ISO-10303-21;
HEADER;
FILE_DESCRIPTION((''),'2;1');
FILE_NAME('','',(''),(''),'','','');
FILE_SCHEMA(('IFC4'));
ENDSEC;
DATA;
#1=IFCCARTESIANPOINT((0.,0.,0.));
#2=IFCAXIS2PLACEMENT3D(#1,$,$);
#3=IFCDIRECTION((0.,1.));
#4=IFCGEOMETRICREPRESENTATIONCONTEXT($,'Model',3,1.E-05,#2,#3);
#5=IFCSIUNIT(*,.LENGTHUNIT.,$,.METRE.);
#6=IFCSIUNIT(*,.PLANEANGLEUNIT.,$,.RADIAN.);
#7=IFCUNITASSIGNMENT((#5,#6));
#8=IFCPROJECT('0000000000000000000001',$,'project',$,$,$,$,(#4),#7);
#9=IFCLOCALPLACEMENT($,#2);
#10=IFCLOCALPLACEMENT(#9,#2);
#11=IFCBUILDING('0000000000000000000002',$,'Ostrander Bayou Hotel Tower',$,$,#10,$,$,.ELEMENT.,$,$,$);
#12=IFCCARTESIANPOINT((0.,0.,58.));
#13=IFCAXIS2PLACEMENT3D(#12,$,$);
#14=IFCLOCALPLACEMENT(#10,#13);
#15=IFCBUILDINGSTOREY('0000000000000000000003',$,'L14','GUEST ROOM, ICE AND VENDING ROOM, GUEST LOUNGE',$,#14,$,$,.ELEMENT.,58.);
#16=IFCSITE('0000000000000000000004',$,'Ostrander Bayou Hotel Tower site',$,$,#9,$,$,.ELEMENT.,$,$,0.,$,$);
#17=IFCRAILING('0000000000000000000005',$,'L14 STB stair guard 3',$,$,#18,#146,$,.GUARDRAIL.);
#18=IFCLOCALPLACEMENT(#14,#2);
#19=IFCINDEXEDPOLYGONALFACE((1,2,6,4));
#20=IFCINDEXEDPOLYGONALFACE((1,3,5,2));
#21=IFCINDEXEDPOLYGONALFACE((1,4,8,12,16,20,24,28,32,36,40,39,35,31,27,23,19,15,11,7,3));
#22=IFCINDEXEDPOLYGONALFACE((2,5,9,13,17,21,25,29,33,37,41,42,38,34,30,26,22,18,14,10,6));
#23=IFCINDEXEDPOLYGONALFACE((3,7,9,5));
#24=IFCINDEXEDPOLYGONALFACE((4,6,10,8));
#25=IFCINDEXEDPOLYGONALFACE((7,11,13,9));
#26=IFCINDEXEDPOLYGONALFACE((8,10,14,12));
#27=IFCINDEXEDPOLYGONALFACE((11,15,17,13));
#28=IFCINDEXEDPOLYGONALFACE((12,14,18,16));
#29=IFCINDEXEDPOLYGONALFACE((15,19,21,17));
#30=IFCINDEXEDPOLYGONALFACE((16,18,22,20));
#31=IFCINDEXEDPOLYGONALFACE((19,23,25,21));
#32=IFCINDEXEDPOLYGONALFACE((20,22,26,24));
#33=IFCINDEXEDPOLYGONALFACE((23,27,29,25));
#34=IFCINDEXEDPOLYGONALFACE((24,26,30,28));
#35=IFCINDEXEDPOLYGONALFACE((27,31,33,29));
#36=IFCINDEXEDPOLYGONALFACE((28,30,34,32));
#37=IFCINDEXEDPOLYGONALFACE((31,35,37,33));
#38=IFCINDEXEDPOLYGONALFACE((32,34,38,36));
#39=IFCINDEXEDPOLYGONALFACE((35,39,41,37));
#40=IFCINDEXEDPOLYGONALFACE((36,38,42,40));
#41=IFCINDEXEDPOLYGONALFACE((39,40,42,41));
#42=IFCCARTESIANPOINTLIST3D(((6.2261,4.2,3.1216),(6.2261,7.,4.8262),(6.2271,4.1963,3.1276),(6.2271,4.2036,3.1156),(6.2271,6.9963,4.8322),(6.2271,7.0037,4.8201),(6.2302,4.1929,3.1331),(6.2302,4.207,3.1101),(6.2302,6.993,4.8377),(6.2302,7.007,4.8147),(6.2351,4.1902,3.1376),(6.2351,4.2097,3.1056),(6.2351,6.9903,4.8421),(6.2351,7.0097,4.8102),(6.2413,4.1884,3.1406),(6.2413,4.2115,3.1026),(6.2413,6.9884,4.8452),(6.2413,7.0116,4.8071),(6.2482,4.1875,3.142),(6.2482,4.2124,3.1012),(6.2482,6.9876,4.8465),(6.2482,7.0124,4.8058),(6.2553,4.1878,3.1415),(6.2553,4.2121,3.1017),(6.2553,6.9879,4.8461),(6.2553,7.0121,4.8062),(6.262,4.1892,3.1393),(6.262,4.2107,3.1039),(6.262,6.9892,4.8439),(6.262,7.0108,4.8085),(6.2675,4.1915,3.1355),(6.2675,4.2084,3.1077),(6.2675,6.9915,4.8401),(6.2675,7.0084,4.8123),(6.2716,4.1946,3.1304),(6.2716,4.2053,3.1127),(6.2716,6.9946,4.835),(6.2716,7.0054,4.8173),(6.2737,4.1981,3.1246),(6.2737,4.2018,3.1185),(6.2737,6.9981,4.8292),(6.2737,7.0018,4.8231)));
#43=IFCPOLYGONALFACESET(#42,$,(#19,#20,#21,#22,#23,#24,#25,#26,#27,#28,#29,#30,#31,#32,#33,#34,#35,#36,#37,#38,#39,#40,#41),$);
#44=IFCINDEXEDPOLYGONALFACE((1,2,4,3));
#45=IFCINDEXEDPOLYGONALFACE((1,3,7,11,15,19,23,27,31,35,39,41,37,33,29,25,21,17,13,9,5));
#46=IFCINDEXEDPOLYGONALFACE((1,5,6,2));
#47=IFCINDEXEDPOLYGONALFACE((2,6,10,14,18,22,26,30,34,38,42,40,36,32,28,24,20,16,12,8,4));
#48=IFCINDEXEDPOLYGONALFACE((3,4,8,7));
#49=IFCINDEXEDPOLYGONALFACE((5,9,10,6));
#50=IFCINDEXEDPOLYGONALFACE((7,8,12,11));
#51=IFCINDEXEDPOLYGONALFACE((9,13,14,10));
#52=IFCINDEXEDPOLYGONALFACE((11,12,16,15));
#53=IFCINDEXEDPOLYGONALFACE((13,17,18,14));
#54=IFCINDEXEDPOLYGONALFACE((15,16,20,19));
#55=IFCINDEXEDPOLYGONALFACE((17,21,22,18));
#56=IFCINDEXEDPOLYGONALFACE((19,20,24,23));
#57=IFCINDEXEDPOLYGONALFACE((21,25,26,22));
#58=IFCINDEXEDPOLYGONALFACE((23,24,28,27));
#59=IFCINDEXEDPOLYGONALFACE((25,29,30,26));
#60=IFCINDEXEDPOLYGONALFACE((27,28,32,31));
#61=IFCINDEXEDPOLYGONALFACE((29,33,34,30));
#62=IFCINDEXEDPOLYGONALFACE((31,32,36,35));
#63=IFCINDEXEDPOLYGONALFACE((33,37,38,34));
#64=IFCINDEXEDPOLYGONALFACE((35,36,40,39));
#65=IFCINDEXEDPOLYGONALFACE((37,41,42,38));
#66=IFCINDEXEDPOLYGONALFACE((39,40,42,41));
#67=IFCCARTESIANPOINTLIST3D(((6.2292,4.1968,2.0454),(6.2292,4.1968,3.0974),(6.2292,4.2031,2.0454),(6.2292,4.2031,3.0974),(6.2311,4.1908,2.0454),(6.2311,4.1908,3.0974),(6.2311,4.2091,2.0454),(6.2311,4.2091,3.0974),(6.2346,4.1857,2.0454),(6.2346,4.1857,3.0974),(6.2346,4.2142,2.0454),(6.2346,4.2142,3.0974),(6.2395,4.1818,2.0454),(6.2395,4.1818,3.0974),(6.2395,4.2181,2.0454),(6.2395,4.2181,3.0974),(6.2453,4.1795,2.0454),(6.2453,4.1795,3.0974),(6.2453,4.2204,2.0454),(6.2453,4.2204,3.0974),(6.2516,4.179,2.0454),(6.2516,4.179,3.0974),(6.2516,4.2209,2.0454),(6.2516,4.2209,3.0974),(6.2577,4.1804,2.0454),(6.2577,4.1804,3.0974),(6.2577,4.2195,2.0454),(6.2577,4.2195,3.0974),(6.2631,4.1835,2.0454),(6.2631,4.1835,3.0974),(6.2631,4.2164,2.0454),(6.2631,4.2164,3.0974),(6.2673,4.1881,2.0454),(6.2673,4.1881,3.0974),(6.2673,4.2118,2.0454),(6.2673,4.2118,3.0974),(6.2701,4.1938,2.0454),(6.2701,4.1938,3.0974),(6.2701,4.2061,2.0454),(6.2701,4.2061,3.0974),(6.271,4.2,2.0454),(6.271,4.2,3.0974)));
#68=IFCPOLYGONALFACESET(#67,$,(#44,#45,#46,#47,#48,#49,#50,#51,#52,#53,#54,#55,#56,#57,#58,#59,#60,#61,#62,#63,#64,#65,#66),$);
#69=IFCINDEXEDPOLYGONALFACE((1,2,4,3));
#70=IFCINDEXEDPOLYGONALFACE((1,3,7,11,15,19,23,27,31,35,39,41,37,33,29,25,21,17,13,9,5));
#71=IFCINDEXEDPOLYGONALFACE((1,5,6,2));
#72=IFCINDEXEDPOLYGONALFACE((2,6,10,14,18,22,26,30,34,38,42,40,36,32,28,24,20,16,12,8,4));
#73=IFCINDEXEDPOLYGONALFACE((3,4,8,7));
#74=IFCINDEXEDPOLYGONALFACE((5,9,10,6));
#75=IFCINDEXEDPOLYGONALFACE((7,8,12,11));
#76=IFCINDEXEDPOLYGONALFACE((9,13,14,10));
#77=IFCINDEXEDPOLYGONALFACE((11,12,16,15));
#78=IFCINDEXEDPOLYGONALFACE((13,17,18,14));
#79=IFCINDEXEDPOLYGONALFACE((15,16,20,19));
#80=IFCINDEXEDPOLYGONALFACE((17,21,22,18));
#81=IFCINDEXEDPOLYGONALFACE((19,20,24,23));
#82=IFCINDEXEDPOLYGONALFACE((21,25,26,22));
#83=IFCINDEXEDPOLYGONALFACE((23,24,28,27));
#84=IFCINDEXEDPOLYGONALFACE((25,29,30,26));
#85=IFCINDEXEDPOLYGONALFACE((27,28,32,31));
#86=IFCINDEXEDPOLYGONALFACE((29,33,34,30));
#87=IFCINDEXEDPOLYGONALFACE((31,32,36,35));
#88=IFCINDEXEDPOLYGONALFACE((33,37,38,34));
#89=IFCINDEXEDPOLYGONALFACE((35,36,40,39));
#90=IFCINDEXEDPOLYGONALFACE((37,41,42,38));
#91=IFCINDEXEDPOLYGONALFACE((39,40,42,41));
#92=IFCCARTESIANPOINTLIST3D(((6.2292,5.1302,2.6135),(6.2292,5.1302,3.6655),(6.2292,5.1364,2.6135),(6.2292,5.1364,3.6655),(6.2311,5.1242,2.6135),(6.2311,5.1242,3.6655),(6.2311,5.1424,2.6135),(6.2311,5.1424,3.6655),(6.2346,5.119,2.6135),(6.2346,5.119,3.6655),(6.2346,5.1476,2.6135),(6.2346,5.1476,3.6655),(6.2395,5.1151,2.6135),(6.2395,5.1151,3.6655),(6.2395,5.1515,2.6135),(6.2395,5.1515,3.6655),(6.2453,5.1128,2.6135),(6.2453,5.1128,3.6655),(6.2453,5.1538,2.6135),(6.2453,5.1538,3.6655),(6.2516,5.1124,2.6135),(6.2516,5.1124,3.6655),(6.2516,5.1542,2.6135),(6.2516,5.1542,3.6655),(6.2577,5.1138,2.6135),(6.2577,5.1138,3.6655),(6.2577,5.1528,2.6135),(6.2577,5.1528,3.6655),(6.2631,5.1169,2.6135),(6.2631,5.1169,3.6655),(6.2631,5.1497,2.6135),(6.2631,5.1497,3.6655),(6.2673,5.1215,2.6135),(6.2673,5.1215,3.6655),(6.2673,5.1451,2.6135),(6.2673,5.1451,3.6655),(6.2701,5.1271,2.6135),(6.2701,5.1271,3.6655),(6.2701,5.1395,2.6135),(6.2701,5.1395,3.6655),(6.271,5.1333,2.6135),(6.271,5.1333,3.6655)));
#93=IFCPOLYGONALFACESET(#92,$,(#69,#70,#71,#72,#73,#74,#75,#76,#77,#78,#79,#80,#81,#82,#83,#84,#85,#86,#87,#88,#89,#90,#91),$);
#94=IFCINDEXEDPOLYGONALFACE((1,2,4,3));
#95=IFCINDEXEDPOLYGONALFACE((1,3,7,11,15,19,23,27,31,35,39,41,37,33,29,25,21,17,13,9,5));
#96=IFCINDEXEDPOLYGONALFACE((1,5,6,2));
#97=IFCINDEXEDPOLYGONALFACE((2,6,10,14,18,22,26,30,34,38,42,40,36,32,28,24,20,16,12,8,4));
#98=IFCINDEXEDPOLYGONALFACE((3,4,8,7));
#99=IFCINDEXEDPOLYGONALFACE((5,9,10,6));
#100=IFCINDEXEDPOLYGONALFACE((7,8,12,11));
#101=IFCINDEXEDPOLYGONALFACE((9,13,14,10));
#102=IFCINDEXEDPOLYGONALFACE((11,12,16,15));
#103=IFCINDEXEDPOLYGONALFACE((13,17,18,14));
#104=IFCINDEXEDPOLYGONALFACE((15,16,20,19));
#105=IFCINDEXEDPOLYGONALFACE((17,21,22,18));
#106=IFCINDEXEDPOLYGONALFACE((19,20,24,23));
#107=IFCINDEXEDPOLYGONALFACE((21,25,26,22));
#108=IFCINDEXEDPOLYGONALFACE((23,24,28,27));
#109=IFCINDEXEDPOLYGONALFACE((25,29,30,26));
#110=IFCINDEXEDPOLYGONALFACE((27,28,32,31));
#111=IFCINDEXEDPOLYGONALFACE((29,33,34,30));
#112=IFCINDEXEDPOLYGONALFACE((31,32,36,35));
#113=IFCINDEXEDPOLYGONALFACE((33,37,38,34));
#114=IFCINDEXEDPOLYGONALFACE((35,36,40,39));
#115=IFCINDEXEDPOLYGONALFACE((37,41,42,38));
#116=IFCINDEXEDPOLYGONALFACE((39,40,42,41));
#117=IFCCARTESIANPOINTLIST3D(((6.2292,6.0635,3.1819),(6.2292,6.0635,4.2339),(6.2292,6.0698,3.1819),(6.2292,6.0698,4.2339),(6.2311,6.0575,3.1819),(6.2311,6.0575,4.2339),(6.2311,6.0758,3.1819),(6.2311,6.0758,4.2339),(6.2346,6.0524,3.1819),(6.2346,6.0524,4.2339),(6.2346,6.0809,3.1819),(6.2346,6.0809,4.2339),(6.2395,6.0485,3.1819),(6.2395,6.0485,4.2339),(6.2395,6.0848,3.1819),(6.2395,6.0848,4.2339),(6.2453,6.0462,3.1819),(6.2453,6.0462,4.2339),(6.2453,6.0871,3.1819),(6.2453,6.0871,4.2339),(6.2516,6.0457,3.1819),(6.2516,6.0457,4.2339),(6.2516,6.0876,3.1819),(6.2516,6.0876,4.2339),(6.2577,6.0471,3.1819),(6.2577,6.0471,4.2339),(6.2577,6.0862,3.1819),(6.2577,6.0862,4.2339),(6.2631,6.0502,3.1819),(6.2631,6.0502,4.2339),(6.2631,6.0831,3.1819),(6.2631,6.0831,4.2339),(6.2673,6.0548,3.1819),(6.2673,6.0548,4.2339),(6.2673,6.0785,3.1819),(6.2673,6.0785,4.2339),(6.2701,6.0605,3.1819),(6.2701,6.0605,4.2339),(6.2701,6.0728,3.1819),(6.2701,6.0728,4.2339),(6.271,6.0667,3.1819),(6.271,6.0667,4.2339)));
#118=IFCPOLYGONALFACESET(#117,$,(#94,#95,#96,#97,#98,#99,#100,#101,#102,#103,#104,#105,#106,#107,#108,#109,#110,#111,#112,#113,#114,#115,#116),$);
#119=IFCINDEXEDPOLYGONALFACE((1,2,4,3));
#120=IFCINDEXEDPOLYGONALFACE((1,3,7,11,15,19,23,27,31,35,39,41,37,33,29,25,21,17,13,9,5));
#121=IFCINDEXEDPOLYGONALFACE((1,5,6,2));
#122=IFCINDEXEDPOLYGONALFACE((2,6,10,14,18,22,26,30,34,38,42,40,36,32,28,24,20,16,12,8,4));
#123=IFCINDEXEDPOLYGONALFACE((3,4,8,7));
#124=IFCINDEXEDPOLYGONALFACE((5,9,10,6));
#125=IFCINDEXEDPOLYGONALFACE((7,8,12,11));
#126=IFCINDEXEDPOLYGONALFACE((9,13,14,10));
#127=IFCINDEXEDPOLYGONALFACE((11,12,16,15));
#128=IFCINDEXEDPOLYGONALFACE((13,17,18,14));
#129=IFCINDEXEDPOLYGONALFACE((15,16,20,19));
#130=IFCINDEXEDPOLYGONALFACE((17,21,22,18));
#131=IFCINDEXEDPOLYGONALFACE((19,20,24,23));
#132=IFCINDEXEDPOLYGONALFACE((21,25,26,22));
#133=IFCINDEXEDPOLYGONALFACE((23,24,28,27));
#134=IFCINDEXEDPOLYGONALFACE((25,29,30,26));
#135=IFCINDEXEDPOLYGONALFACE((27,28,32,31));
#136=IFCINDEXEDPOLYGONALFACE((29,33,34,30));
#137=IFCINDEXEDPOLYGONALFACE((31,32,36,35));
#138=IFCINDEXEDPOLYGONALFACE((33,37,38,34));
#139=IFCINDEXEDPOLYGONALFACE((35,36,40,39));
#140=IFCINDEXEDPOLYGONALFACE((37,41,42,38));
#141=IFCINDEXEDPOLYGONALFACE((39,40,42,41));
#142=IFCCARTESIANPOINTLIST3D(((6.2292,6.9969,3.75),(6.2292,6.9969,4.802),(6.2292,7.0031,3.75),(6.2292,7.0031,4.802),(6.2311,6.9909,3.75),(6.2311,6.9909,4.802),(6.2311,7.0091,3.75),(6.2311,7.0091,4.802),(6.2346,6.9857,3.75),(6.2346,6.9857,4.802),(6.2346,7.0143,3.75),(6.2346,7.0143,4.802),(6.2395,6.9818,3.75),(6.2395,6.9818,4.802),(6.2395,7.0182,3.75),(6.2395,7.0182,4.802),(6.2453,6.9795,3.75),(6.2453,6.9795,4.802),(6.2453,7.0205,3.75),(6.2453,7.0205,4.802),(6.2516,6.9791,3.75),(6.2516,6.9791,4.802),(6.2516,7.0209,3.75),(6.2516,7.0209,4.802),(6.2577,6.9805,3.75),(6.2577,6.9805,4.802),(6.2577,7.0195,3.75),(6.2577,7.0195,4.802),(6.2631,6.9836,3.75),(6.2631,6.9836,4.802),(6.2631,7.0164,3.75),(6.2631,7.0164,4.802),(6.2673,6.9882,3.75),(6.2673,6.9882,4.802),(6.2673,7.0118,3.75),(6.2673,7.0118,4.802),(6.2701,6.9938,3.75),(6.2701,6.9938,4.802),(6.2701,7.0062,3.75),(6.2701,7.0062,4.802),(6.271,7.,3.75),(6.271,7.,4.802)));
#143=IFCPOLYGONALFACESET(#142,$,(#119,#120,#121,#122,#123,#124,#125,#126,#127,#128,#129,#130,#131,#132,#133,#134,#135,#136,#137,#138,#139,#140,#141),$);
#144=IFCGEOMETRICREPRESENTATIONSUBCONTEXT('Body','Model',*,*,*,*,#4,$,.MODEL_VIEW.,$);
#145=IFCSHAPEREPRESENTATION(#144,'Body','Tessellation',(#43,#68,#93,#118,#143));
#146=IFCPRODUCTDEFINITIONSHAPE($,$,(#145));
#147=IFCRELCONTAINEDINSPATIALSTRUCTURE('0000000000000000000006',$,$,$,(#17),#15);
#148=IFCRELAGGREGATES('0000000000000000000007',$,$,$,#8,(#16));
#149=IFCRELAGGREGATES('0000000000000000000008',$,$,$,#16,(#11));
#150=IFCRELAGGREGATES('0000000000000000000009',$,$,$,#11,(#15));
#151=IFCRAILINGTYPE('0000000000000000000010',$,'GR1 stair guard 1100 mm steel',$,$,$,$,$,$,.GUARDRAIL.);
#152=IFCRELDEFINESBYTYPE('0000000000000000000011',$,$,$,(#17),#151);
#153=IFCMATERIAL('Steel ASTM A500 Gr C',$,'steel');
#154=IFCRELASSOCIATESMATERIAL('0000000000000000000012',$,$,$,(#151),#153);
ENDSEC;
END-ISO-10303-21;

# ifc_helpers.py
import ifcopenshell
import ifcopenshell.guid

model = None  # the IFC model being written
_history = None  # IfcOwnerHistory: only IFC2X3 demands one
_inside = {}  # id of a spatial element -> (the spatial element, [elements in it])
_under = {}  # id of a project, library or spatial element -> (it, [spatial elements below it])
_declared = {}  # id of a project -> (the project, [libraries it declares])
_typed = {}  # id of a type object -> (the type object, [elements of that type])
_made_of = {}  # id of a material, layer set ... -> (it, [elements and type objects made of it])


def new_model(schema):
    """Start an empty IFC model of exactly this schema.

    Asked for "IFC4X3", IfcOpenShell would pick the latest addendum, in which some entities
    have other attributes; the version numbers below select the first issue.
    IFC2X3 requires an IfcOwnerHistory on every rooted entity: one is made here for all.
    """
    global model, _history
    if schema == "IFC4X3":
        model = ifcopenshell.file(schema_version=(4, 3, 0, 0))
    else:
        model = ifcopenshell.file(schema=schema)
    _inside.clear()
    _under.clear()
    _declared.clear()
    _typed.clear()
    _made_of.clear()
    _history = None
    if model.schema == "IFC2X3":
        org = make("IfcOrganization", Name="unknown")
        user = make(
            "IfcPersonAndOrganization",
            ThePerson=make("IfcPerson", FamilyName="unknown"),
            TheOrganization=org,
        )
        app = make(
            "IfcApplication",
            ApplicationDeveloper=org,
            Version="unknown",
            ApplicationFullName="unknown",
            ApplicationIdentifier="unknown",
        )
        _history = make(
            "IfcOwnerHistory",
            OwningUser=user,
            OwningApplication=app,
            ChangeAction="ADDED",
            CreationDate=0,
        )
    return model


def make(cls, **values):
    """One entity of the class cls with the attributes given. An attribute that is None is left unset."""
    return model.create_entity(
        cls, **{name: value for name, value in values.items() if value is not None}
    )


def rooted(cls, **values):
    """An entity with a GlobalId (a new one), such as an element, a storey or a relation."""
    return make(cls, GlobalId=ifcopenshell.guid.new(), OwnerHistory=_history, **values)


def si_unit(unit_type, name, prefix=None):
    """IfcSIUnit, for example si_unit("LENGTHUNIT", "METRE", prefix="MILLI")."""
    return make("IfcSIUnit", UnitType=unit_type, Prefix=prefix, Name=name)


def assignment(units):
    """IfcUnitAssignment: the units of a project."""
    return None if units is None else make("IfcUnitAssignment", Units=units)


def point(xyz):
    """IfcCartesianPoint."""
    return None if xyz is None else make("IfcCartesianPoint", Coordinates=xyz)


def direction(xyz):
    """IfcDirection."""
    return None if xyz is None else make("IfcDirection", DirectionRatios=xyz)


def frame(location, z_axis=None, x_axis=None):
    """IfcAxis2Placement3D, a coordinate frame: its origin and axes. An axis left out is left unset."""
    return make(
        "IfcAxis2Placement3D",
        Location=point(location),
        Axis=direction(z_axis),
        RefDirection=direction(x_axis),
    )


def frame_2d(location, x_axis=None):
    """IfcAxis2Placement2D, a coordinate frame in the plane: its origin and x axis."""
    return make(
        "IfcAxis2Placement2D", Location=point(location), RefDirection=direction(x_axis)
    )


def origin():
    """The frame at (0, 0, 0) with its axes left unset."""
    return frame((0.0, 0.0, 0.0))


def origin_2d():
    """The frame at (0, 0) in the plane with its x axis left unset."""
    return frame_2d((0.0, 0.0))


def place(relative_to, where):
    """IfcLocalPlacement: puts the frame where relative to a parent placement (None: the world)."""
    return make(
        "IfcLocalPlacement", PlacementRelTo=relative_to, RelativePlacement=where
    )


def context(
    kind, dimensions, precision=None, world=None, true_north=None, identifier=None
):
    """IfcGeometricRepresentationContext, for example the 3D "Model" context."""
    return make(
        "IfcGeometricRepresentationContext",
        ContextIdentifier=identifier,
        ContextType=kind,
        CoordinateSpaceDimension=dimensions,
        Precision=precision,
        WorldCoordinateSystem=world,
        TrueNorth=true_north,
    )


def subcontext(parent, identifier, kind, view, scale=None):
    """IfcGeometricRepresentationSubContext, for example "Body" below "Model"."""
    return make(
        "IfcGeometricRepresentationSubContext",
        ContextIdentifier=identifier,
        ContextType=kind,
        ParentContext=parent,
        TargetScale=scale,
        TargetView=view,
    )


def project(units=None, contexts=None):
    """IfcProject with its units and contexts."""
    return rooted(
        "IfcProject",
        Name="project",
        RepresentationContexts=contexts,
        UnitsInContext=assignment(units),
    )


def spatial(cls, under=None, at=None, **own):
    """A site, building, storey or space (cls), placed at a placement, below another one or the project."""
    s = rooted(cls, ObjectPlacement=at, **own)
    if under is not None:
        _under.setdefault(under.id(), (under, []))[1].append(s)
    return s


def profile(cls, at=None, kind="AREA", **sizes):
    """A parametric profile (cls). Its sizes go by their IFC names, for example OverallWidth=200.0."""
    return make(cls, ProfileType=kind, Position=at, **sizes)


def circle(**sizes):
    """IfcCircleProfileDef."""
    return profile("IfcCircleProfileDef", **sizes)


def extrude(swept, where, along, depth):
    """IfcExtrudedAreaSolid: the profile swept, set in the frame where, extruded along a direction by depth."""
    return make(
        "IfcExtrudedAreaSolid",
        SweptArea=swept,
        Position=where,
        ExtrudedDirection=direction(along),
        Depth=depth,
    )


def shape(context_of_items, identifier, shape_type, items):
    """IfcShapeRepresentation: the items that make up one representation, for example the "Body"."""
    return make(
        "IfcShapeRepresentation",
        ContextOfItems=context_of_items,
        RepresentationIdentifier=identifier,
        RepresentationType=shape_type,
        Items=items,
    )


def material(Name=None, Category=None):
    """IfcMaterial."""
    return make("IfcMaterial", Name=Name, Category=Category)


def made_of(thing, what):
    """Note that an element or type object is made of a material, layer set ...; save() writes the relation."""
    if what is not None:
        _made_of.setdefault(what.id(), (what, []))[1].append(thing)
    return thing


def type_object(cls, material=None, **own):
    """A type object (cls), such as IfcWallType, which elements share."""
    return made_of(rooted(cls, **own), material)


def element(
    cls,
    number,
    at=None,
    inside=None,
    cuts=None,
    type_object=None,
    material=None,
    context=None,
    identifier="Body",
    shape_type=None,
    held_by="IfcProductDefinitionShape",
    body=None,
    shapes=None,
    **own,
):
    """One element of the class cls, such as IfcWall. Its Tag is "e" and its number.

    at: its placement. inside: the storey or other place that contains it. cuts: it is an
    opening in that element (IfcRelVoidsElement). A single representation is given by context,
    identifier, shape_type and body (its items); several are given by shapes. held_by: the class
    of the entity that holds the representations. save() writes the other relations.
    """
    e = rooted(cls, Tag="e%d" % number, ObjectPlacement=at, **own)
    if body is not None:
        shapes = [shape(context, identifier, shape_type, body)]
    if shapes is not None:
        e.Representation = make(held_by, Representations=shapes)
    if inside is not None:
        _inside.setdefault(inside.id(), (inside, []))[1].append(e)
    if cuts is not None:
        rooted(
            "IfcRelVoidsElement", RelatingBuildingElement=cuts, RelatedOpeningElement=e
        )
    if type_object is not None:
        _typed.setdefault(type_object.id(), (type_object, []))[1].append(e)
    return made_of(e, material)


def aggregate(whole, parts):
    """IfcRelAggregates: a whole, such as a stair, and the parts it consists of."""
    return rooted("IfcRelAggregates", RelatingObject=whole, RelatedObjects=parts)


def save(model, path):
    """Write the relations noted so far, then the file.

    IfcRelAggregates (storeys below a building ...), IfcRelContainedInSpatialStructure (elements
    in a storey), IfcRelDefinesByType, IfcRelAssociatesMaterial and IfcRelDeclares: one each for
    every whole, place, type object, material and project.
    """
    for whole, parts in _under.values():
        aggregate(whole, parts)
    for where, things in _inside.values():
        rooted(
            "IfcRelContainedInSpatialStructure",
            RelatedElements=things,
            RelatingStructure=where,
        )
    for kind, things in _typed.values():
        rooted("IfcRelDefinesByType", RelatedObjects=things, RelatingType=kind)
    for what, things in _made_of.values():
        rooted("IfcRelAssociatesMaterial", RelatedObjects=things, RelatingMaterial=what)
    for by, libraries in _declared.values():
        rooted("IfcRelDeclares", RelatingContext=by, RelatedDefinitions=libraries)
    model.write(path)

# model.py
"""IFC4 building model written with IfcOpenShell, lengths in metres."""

from ifc_helpers import new_model, si_unit, direction, frame, origin, origin_2d, place, context, subcontext, project, spatial, circle, extrude, material, type_object, element, save


model = new_model("IFC4")

# Units and contexts
model_context = context("Model", 3, precision=1e-05, world=origin(), true_north=direction((0.0, 1.0)))
body_context = subcontext(model_context, "Body", "Model", "MODEL_VIEW")
ifc_project = project(units=[si_unit("LENGTHUNIT", "METRE"), si_unit("PLANEANGLEUNIT", "RADIAN")], contexts=[model_context])

# Site, building, storey
site_placement = place(None, origin())
site = spatial("IfcSite", under=ifc_project, at=site_placement, Name="Ostrander Bayou Hotel Tower site", CompositionType="ELEMENT", RefElevation=0.0)
building_placement = place(site_placement, origin())
building = spatial("IfcBuilding", under=site, at=building_placement, Name="Ostrander Bayou Hotel Tower", CompositionType="ELEMENT")
storey_placement = place(building_placement, frame((0.0, 0.0, 58.0)))
storey = spatial("IfcBuildingStorey", under=building, at=storey_placement, Name="L14", Description="GUEST ROOM, ICE AND VENDING ROOM, GUEST LOUNGE", CompositionType="ELEMENT", Elevation=58.0)

# Railing
ifc_material_1 = material(Name="Steel ASTM A500 Gr C", Category="steel")
railing_type_1 = type_object("IfcRailingType", Name="GR1 stair guard 1100 mm steel", PredefinedType="GUARDRAIL", material=ifc_material_1)
railing_1_placement = place(storey_placement, frame((6.25, 4.2, 2.0454)))
element("IfcRailing", 1, at=railing_1_placement, inside=storey, type_object=railing_type_1, Name="L14 STB stair guard 3", PredefinedType="GUARDRAIL", context=body_context, shape_type="SweptSolid", body=[
    extrude(circle(Radius=0.0239, at=origin_2d()), frame((0.0, 0.0, 1.0762), z_axis=(0.0, 0.85417, 0.519994), x_axis=(-1.0, 0.0, 0.0)), (0.0, 0.0, 1.0), 3.2781),
    extrude(circle(Radius=0.021, at=origin_2d()), origin(), (0.0, 0.0, 1.0), 1.052),
    extrude(circle(Radius=0.021, at=origin_2d()), frame((0.0, 0.9333, 0.5681)), (0.0, 0.0, 1.0), 1.052),
    extrude(circle(Radius=0.021, at=origin_2d()), frame((0.0, 1.8667, 1.1365)), (0.0, 0.0, 1.0), 1.052),
    extrude(circle(Radius=0.021, at=origin_2d()), frame((0.0, 2.8, 1.7046)), (0.0, 0.0, 1.0), 1.052),
])

save(model, "model.ifc")
